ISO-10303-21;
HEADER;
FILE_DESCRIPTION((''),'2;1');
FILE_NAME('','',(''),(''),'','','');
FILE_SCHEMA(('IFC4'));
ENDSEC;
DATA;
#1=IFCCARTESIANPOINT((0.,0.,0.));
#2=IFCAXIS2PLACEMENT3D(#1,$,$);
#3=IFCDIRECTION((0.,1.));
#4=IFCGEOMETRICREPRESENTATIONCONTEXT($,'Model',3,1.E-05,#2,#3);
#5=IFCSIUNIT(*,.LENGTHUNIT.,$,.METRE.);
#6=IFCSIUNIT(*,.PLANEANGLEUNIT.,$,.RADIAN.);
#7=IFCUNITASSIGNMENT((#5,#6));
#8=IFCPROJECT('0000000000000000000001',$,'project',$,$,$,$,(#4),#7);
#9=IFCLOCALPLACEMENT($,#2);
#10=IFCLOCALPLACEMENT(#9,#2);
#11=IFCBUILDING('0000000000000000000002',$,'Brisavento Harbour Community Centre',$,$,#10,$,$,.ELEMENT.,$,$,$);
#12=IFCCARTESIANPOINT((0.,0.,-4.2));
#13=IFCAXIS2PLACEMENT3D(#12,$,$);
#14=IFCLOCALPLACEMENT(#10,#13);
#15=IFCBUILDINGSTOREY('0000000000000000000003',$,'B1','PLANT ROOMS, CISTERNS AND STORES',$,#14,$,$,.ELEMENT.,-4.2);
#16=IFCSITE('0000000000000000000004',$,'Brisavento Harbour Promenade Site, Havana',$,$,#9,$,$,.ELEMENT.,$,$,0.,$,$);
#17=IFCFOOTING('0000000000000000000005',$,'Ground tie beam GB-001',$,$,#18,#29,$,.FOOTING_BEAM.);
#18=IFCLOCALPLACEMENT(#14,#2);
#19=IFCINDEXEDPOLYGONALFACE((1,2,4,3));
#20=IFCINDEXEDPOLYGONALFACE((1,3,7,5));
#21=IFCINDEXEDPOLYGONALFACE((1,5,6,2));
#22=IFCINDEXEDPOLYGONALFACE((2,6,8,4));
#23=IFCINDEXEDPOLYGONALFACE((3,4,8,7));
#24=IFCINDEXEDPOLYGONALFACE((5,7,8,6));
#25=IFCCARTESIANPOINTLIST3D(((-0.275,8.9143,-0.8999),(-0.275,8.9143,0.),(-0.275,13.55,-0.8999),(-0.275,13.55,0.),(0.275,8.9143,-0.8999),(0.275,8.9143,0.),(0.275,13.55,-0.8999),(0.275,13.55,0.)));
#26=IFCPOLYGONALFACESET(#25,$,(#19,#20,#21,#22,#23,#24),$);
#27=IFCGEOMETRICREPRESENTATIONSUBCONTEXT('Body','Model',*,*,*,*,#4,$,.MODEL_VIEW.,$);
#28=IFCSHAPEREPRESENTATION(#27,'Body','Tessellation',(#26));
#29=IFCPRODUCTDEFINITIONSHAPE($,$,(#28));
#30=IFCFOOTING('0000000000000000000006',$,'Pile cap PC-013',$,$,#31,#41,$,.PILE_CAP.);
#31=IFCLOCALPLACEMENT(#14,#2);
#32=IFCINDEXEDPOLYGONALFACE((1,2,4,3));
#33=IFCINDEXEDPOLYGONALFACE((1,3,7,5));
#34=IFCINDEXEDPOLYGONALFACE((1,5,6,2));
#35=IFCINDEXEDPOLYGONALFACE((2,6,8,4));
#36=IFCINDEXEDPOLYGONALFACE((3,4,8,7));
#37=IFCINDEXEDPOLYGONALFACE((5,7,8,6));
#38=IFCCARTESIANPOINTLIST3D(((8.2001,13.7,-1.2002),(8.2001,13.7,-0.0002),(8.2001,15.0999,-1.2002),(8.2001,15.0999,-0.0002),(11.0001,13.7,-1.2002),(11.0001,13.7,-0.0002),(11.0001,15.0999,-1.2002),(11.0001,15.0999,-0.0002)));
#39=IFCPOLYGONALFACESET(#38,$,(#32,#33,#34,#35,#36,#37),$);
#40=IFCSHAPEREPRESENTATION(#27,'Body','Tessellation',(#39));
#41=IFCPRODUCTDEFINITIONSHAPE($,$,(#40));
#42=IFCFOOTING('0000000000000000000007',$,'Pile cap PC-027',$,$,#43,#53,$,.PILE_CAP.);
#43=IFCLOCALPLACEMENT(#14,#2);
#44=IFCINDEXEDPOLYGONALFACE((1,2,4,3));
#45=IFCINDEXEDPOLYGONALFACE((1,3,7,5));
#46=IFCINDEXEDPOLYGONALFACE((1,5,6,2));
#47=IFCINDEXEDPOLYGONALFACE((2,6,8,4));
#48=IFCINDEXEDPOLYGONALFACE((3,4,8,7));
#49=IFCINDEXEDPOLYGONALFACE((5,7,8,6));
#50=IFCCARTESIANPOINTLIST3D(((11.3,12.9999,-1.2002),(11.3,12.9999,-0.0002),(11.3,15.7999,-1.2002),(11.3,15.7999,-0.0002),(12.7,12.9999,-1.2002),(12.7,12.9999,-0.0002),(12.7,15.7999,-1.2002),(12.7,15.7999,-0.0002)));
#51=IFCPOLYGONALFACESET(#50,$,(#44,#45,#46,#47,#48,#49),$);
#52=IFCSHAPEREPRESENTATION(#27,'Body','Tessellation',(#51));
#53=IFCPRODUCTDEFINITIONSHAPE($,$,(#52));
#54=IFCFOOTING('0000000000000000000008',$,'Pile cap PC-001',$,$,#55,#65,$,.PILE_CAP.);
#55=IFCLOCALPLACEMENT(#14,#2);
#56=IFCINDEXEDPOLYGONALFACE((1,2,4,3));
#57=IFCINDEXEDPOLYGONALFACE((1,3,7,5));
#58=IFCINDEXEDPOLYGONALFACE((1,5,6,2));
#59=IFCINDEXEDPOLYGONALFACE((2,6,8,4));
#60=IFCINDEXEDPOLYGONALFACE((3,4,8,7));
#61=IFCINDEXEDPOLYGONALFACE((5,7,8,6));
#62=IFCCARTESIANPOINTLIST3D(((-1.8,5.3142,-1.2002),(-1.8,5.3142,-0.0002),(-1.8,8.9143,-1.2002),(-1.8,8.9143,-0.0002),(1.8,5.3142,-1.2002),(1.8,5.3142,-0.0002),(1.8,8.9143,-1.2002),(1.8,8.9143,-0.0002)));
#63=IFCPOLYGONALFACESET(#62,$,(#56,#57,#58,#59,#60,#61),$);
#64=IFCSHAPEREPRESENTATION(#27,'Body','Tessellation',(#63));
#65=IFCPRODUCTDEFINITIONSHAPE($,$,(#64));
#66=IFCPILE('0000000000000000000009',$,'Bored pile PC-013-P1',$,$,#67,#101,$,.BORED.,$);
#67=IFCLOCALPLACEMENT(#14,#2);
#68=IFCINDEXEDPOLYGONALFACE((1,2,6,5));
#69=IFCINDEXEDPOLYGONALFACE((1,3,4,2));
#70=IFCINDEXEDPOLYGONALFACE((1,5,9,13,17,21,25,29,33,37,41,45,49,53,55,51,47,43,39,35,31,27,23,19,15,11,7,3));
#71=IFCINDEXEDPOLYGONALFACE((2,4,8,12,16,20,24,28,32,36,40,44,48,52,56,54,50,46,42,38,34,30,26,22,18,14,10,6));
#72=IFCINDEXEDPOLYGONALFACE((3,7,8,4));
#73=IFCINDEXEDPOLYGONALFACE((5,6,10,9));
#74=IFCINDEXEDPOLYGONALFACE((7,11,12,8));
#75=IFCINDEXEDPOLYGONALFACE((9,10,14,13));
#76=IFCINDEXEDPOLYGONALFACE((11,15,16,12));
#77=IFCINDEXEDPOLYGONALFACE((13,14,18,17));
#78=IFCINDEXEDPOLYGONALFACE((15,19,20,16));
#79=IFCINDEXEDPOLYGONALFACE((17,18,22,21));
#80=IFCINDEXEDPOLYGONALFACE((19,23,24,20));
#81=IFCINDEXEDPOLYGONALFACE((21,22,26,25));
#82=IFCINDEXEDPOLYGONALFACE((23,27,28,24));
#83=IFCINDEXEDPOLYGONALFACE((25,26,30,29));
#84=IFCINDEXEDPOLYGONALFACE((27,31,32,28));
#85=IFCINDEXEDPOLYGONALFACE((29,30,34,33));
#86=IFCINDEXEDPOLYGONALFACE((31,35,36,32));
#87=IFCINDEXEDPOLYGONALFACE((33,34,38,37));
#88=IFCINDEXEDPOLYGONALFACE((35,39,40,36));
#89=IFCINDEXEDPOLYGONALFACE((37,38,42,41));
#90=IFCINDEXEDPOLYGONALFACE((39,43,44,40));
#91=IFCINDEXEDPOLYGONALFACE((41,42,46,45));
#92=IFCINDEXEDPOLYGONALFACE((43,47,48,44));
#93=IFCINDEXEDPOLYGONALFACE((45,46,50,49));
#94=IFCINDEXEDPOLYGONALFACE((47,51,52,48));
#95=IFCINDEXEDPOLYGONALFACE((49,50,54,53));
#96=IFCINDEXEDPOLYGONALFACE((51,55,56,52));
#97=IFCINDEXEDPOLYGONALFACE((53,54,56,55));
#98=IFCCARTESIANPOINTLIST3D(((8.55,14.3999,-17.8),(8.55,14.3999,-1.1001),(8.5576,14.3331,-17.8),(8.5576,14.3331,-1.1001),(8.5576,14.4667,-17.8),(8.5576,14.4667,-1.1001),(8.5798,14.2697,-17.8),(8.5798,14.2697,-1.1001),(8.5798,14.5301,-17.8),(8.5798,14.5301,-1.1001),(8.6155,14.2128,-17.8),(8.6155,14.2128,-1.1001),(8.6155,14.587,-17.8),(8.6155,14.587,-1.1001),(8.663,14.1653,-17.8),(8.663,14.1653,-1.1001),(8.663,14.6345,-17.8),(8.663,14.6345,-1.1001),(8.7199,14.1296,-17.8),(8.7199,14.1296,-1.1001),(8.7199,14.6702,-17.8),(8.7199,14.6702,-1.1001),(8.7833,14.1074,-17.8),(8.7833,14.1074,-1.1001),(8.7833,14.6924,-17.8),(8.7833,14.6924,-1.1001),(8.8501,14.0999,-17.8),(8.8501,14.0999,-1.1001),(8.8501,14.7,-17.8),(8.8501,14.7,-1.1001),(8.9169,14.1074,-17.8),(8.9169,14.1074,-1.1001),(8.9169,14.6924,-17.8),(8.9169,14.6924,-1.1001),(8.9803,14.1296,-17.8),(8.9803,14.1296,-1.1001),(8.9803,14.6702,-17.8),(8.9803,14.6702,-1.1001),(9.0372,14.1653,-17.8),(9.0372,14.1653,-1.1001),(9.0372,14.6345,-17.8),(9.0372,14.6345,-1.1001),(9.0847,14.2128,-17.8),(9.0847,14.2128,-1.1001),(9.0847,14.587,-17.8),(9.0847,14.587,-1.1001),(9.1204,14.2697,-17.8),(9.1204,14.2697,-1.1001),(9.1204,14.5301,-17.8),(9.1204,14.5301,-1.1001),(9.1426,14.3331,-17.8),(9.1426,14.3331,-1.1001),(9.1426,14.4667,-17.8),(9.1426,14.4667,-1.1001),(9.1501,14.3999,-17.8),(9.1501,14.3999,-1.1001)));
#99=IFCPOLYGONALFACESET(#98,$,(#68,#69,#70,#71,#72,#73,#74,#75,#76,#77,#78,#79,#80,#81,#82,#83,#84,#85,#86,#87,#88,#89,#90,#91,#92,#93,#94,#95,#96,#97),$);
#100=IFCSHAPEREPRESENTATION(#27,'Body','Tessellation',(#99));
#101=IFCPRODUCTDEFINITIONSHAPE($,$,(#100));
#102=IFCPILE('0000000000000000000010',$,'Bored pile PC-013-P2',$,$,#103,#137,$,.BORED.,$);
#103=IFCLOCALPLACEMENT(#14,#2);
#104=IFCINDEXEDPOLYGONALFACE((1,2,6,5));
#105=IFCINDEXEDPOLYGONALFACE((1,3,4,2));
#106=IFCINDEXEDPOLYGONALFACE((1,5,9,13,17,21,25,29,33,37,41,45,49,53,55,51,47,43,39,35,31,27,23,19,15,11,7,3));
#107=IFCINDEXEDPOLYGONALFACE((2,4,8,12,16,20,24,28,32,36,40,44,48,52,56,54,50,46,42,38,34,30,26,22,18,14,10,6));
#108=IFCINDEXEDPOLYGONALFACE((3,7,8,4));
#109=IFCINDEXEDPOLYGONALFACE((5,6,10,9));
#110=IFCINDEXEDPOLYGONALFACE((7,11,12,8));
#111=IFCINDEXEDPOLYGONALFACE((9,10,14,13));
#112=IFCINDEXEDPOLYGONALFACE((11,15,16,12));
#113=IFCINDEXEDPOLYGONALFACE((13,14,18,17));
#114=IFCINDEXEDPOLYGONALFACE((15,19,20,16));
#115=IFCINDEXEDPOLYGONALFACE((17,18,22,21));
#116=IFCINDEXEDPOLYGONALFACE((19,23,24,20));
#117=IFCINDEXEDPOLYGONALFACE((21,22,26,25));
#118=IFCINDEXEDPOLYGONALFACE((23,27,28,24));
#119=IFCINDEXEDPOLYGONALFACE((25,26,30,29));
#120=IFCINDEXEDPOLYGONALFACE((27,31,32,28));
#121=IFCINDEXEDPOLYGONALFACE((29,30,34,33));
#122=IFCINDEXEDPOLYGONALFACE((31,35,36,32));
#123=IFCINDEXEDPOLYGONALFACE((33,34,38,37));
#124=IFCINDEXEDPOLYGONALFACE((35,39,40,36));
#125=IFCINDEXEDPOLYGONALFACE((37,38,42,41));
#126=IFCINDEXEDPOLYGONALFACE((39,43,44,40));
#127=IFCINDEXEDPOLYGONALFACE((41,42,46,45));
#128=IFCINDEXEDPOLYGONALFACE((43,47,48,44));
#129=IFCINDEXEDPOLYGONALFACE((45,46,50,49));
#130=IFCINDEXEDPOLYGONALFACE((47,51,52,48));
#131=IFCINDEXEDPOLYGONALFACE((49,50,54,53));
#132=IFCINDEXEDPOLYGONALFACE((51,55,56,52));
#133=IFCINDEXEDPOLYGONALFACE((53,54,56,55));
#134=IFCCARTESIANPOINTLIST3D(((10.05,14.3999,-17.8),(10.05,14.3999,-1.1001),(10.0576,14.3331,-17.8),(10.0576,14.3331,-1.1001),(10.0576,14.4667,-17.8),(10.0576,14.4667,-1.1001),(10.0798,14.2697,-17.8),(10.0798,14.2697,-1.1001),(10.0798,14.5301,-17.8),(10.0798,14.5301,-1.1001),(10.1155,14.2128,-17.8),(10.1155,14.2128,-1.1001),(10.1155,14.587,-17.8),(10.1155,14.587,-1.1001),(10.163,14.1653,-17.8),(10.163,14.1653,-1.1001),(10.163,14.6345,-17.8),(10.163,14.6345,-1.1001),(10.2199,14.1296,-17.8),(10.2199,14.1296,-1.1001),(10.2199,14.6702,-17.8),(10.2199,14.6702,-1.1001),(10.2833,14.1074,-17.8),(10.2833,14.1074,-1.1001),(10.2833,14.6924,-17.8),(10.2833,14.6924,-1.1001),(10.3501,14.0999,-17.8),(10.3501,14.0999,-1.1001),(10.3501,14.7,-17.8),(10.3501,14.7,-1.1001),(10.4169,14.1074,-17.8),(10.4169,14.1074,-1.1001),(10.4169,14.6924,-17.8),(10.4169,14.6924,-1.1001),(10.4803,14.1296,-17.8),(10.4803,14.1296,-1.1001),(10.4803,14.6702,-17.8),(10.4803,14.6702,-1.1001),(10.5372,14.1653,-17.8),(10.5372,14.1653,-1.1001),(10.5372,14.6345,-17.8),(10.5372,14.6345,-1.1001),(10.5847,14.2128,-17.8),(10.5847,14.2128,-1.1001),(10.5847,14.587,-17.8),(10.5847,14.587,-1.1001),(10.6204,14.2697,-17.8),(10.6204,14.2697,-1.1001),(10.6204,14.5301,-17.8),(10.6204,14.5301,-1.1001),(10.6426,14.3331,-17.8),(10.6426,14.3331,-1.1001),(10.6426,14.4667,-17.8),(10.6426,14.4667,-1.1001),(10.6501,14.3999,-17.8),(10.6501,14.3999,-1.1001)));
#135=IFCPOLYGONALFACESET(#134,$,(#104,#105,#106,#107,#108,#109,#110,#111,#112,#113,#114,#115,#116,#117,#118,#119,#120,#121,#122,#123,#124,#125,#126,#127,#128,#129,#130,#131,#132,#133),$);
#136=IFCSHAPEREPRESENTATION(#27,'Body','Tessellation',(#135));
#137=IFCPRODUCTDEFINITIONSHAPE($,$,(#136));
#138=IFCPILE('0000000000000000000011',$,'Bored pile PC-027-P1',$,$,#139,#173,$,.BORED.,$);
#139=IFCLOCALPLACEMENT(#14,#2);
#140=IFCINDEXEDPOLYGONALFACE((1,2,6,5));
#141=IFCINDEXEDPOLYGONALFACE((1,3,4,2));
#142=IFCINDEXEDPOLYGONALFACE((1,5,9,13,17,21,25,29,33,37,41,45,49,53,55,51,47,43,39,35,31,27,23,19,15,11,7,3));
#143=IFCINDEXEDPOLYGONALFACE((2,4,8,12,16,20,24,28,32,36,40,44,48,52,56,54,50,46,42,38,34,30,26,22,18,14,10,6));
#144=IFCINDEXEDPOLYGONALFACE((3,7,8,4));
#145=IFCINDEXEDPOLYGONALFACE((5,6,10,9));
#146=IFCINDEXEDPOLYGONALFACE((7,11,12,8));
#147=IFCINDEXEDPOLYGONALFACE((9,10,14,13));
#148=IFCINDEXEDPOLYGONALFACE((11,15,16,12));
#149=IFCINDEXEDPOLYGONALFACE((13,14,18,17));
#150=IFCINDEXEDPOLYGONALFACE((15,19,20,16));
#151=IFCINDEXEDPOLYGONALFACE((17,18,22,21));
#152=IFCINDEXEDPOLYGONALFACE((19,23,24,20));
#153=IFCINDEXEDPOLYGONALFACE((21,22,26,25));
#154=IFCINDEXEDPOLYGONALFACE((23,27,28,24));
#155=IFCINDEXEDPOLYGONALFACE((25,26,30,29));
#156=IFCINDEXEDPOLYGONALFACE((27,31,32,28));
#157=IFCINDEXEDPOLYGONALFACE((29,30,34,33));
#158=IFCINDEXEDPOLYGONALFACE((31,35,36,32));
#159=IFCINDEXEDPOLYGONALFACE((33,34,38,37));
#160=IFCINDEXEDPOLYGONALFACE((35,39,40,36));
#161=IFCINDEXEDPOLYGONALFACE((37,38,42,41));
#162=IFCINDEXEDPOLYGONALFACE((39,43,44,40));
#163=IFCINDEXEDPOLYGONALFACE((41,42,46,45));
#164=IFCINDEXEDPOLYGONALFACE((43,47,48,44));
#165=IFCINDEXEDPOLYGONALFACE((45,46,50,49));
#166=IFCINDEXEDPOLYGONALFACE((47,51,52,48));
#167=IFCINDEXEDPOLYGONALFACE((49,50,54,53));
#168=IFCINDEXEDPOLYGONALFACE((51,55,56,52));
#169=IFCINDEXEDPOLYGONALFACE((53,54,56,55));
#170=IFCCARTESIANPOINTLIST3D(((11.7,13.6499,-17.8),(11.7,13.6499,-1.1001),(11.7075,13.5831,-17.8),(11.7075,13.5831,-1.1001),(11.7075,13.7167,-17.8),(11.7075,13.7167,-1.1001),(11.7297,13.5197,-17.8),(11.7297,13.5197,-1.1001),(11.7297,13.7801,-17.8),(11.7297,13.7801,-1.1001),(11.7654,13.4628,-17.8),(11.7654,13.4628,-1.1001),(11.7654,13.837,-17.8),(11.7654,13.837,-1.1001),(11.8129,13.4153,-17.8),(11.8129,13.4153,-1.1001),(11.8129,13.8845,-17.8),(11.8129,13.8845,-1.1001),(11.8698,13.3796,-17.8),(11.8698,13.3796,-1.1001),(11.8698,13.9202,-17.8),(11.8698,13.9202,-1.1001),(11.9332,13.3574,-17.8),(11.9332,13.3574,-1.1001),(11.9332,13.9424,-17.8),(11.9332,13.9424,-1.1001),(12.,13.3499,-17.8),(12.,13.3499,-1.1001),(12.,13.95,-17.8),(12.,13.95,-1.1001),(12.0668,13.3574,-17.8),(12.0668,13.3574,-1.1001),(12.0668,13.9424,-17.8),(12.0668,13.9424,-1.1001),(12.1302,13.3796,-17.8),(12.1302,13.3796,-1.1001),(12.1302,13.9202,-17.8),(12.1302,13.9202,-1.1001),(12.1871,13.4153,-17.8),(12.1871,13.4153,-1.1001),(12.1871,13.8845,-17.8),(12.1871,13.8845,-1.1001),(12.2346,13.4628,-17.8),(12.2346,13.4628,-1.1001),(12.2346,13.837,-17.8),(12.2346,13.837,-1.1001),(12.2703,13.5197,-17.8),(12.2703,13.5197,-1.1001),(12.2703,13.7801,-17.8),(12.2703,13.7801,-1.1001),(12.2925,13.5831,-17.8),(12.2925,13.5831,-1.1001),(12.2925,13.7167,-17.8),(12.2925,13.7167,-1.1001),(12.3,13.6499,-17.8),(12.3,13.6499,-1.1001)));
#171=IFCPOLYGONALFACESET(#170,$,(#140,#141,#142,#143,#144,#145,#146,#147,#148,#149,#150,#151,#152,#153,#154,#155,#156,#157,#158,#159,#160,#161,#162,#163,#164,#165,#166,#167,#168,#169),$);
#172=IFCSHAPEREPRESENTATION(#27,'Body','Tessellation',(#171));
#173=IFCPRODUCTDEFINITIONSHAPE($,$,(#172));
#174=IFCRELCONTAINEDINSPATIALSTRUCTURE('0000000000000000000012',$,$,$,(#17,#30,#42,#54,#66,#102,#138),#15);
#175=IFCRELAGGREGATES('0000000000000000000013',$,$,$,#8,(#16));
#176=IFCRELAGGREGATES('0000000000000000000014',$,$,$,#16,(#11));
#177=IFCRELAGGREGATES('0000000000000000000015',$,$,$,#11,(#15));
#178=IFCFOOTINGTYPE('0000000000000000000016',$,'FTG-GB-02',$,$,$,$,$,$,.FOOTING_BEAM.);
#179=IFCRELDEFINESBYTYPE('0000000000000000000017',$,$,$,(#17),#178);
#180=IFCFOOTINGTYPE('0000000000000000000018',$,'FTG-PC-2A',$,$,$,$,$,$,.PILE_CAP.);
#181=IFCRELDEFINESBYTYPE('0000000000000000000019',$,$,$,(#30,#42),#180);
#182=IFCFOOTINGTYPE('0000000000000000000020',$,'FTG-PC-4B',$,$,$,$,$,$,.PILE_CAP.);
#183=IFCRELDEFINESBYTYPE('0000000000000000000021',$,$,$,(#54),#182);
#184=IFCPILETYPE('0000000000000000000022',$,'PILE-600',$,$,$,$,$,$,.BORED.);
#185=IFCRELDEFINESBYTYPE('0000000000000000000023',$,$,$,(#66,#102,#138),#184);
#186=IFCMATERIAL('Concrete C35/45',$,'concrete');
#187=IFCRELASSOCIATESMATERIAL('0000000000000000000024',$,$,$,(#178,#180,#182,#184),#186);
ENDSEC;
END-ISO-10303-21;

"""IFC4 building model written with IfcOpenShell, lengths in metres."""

from ifc_helpers import new_model, si_unit, direction, frame, origin, origin_2d, place, context, subcontext, project, spatial, rectangle, circle, extrude, material, material_profile, profile_set, type_object, element, save


model = new_model("IFC4")

# Units and contexts
model_context = context("Model", 3, precision=1e-05, world=origin(), true_north=direction((0.0, 1.0)))
body_context = subcontext(model_context, "Body", "Model", "MODEL_VIEW")
ifc_project = project(units=[si_unit("LENGTHUNIT", "METRE"), si_unit("PLANEANGLEUNIT", "RADIAN")], contexts=[model_context])

# Site, building, storey
site_placement = place(None, origin())
site = spatial("IfcSite", under=ifc_project, at=site_placement, Name="Brisavento Harbour Promenade Site, Havana", CompositionType="ELEMENT", RefElevation=0.0)
building_placement = place(site_placement, origin())
building = spatial("IfcBuilding", under=site, at=building_placement, Name="Brisavento Harbour Community Centre", CompositionType="ELEMENT")
storey_placement = place(building_placement, frame((0.0, 0.0, -4.2)))
storey = spatial("IfcBuildingStorey", under=building, at=storey_placement, Name="B1", Description="PLANT ROOMS, CISTERNS AND STORES", CompositionType="ELEMENT", Elevation=-4.2)

# Footings
ifc_material_1 = material(Name="Concrete C35/45", Category="concrete")
footing_type_1 = type_object("IfcFootingType", Name="FTG-GB-02", PredefinedType="FOOTING_BEAM", material=ifc_material_1)
footing_1_placement = place(storey_placement, frame((0.0, 11.2322, -0.8999), z_axis=(0.0, 0.0, 1.0), x_axis=(1.0, 0.0, 0.0)))
element("IfcFooting", 1, at=footing_1_placement, inside=storey, type_object=footing_type_1, Name="Ground tie beam GB-001", PredefinedType="FOOTING_BEAM", context=body_context, shape_type="SweptSolid", body=[
    extrude(rectangle(XDim=0.55, YDim=4.6357, at=origin_2d()), origin(), (0.0, 0.0, 1.0), 0.8999),
])
footing_type_2 = type_object("IfcFootingType", Name="FTG-PC-2A", PredefinedType="PILE_CAP", material=ifc_material_1)
footing_2_placement = place(storey_placement, frame((9.6001, 14.3999, -1.2002), z_axis=(0.0, 0.0, 1.0), x_axis=(1.0, 0.0, 0.0)))
element("IfcFooting", 2, at=footing_2_placement, inside=storey, type_object=footing_type_2, Name="Pile cap PC-013", PredefinedType="PILE_CAP", context=body_context, shape_type="SweptSolid", body=[
    extrude(rectangle(XDim=2.8, YDim=1.3999, at=origin_2d()), origin(), (0.0, 0.0, 1.0), 1.2),
])
footing_3_placement = place(storey_placement, frame((12.0, 14.3999, -1.2002), z_axis=(0.0, 0.0, 1.0), x_axis=(1.0, 0.0, 0.0)))
element("IfcFooting", 3, at=footing_3_placement, inside=storey, type_object=footing_type_2, Name="Pile cap PC-027", PredefinedType="PILE_CAP", context=body_context, shape_type="SweptSolid", body=[
    extrude(rectangle(XDim=1.3999, YDim=2.8, at=origin_2d()), origin(), (0.0, 0.0, 1.0), 1.2),
])
footing_type_3 = type_object("IfcFootingType", Name="FTG-PC-4B", PredefinedType="PILE_CAP", material=ifc_material_1)
footing_4_placement = place(storey_placement, frame((0.0, 7.1143, -1.2002), z_axis=(0.0, 0.0, 1.0), x_axis=(1.0, 0.0, 0.0)))
element("IfcFooting", 4, at=footing_4_placement, inside=storey, type_object=footing_type_3, Name="Pile cap PC-001", PredefinedType="PILE_CAP", context=body_context, shape_type="SweptSolid", body=[
    extrude(rectangle(XDim=3.6001, YDim=3.6001, at=origin_2d()), origin(), (0.0, 0.0, 1.0), 1.2),
])

# Piles
ifc_material_profile_1 = material_profile(ifc_material_1, circle(Radius=0.3, at=origin_2d()), Name="Concrete C35/45")
ifc_profile_set_1 = profile_set([ifc_material_profile_1], Name="Concrete C35/45")
pile_type_1 = type_object("IfcPileType", Name="PILE-600", PredefinedType="BORED", material=ifc_profile_set_1)
for number, where, z_axis, x_axis, name in (
    (5, (8.8501, 14.3999, -1.1001), (0.0, 0.0, -1.0), (1.0, 0.0, 0.0), "Bored pile PC-013-P1"),
    (6, (10.3501, 14.3999, -1.1001), (0.0, 0.0, -1.0), (1.0, 0.0, 0.0), "Bored pile PC-013-P2"),
    (7, (12.0, 13.6499, -1.1001), (0.0, 0.0, -1.0), (1.0, 0.0, 0.0), "Bored pile PC-027-P1"),
):
    element("IfcPile", number, at=place(storey_placement, frame(where, z_axis=z_axis, x_axis=x_axis)), inside=storey, type_object=pile_type_1, Name=name, PredefinedType="BORED", context=body_context, shape_type="SweptSolid", body=[
        extrude(circle(Radius=0.3, at=origin_2d()), origin(), (0.0, 0.0, 1.0), 16.7),
    ])

save(model, "model.ifc")
